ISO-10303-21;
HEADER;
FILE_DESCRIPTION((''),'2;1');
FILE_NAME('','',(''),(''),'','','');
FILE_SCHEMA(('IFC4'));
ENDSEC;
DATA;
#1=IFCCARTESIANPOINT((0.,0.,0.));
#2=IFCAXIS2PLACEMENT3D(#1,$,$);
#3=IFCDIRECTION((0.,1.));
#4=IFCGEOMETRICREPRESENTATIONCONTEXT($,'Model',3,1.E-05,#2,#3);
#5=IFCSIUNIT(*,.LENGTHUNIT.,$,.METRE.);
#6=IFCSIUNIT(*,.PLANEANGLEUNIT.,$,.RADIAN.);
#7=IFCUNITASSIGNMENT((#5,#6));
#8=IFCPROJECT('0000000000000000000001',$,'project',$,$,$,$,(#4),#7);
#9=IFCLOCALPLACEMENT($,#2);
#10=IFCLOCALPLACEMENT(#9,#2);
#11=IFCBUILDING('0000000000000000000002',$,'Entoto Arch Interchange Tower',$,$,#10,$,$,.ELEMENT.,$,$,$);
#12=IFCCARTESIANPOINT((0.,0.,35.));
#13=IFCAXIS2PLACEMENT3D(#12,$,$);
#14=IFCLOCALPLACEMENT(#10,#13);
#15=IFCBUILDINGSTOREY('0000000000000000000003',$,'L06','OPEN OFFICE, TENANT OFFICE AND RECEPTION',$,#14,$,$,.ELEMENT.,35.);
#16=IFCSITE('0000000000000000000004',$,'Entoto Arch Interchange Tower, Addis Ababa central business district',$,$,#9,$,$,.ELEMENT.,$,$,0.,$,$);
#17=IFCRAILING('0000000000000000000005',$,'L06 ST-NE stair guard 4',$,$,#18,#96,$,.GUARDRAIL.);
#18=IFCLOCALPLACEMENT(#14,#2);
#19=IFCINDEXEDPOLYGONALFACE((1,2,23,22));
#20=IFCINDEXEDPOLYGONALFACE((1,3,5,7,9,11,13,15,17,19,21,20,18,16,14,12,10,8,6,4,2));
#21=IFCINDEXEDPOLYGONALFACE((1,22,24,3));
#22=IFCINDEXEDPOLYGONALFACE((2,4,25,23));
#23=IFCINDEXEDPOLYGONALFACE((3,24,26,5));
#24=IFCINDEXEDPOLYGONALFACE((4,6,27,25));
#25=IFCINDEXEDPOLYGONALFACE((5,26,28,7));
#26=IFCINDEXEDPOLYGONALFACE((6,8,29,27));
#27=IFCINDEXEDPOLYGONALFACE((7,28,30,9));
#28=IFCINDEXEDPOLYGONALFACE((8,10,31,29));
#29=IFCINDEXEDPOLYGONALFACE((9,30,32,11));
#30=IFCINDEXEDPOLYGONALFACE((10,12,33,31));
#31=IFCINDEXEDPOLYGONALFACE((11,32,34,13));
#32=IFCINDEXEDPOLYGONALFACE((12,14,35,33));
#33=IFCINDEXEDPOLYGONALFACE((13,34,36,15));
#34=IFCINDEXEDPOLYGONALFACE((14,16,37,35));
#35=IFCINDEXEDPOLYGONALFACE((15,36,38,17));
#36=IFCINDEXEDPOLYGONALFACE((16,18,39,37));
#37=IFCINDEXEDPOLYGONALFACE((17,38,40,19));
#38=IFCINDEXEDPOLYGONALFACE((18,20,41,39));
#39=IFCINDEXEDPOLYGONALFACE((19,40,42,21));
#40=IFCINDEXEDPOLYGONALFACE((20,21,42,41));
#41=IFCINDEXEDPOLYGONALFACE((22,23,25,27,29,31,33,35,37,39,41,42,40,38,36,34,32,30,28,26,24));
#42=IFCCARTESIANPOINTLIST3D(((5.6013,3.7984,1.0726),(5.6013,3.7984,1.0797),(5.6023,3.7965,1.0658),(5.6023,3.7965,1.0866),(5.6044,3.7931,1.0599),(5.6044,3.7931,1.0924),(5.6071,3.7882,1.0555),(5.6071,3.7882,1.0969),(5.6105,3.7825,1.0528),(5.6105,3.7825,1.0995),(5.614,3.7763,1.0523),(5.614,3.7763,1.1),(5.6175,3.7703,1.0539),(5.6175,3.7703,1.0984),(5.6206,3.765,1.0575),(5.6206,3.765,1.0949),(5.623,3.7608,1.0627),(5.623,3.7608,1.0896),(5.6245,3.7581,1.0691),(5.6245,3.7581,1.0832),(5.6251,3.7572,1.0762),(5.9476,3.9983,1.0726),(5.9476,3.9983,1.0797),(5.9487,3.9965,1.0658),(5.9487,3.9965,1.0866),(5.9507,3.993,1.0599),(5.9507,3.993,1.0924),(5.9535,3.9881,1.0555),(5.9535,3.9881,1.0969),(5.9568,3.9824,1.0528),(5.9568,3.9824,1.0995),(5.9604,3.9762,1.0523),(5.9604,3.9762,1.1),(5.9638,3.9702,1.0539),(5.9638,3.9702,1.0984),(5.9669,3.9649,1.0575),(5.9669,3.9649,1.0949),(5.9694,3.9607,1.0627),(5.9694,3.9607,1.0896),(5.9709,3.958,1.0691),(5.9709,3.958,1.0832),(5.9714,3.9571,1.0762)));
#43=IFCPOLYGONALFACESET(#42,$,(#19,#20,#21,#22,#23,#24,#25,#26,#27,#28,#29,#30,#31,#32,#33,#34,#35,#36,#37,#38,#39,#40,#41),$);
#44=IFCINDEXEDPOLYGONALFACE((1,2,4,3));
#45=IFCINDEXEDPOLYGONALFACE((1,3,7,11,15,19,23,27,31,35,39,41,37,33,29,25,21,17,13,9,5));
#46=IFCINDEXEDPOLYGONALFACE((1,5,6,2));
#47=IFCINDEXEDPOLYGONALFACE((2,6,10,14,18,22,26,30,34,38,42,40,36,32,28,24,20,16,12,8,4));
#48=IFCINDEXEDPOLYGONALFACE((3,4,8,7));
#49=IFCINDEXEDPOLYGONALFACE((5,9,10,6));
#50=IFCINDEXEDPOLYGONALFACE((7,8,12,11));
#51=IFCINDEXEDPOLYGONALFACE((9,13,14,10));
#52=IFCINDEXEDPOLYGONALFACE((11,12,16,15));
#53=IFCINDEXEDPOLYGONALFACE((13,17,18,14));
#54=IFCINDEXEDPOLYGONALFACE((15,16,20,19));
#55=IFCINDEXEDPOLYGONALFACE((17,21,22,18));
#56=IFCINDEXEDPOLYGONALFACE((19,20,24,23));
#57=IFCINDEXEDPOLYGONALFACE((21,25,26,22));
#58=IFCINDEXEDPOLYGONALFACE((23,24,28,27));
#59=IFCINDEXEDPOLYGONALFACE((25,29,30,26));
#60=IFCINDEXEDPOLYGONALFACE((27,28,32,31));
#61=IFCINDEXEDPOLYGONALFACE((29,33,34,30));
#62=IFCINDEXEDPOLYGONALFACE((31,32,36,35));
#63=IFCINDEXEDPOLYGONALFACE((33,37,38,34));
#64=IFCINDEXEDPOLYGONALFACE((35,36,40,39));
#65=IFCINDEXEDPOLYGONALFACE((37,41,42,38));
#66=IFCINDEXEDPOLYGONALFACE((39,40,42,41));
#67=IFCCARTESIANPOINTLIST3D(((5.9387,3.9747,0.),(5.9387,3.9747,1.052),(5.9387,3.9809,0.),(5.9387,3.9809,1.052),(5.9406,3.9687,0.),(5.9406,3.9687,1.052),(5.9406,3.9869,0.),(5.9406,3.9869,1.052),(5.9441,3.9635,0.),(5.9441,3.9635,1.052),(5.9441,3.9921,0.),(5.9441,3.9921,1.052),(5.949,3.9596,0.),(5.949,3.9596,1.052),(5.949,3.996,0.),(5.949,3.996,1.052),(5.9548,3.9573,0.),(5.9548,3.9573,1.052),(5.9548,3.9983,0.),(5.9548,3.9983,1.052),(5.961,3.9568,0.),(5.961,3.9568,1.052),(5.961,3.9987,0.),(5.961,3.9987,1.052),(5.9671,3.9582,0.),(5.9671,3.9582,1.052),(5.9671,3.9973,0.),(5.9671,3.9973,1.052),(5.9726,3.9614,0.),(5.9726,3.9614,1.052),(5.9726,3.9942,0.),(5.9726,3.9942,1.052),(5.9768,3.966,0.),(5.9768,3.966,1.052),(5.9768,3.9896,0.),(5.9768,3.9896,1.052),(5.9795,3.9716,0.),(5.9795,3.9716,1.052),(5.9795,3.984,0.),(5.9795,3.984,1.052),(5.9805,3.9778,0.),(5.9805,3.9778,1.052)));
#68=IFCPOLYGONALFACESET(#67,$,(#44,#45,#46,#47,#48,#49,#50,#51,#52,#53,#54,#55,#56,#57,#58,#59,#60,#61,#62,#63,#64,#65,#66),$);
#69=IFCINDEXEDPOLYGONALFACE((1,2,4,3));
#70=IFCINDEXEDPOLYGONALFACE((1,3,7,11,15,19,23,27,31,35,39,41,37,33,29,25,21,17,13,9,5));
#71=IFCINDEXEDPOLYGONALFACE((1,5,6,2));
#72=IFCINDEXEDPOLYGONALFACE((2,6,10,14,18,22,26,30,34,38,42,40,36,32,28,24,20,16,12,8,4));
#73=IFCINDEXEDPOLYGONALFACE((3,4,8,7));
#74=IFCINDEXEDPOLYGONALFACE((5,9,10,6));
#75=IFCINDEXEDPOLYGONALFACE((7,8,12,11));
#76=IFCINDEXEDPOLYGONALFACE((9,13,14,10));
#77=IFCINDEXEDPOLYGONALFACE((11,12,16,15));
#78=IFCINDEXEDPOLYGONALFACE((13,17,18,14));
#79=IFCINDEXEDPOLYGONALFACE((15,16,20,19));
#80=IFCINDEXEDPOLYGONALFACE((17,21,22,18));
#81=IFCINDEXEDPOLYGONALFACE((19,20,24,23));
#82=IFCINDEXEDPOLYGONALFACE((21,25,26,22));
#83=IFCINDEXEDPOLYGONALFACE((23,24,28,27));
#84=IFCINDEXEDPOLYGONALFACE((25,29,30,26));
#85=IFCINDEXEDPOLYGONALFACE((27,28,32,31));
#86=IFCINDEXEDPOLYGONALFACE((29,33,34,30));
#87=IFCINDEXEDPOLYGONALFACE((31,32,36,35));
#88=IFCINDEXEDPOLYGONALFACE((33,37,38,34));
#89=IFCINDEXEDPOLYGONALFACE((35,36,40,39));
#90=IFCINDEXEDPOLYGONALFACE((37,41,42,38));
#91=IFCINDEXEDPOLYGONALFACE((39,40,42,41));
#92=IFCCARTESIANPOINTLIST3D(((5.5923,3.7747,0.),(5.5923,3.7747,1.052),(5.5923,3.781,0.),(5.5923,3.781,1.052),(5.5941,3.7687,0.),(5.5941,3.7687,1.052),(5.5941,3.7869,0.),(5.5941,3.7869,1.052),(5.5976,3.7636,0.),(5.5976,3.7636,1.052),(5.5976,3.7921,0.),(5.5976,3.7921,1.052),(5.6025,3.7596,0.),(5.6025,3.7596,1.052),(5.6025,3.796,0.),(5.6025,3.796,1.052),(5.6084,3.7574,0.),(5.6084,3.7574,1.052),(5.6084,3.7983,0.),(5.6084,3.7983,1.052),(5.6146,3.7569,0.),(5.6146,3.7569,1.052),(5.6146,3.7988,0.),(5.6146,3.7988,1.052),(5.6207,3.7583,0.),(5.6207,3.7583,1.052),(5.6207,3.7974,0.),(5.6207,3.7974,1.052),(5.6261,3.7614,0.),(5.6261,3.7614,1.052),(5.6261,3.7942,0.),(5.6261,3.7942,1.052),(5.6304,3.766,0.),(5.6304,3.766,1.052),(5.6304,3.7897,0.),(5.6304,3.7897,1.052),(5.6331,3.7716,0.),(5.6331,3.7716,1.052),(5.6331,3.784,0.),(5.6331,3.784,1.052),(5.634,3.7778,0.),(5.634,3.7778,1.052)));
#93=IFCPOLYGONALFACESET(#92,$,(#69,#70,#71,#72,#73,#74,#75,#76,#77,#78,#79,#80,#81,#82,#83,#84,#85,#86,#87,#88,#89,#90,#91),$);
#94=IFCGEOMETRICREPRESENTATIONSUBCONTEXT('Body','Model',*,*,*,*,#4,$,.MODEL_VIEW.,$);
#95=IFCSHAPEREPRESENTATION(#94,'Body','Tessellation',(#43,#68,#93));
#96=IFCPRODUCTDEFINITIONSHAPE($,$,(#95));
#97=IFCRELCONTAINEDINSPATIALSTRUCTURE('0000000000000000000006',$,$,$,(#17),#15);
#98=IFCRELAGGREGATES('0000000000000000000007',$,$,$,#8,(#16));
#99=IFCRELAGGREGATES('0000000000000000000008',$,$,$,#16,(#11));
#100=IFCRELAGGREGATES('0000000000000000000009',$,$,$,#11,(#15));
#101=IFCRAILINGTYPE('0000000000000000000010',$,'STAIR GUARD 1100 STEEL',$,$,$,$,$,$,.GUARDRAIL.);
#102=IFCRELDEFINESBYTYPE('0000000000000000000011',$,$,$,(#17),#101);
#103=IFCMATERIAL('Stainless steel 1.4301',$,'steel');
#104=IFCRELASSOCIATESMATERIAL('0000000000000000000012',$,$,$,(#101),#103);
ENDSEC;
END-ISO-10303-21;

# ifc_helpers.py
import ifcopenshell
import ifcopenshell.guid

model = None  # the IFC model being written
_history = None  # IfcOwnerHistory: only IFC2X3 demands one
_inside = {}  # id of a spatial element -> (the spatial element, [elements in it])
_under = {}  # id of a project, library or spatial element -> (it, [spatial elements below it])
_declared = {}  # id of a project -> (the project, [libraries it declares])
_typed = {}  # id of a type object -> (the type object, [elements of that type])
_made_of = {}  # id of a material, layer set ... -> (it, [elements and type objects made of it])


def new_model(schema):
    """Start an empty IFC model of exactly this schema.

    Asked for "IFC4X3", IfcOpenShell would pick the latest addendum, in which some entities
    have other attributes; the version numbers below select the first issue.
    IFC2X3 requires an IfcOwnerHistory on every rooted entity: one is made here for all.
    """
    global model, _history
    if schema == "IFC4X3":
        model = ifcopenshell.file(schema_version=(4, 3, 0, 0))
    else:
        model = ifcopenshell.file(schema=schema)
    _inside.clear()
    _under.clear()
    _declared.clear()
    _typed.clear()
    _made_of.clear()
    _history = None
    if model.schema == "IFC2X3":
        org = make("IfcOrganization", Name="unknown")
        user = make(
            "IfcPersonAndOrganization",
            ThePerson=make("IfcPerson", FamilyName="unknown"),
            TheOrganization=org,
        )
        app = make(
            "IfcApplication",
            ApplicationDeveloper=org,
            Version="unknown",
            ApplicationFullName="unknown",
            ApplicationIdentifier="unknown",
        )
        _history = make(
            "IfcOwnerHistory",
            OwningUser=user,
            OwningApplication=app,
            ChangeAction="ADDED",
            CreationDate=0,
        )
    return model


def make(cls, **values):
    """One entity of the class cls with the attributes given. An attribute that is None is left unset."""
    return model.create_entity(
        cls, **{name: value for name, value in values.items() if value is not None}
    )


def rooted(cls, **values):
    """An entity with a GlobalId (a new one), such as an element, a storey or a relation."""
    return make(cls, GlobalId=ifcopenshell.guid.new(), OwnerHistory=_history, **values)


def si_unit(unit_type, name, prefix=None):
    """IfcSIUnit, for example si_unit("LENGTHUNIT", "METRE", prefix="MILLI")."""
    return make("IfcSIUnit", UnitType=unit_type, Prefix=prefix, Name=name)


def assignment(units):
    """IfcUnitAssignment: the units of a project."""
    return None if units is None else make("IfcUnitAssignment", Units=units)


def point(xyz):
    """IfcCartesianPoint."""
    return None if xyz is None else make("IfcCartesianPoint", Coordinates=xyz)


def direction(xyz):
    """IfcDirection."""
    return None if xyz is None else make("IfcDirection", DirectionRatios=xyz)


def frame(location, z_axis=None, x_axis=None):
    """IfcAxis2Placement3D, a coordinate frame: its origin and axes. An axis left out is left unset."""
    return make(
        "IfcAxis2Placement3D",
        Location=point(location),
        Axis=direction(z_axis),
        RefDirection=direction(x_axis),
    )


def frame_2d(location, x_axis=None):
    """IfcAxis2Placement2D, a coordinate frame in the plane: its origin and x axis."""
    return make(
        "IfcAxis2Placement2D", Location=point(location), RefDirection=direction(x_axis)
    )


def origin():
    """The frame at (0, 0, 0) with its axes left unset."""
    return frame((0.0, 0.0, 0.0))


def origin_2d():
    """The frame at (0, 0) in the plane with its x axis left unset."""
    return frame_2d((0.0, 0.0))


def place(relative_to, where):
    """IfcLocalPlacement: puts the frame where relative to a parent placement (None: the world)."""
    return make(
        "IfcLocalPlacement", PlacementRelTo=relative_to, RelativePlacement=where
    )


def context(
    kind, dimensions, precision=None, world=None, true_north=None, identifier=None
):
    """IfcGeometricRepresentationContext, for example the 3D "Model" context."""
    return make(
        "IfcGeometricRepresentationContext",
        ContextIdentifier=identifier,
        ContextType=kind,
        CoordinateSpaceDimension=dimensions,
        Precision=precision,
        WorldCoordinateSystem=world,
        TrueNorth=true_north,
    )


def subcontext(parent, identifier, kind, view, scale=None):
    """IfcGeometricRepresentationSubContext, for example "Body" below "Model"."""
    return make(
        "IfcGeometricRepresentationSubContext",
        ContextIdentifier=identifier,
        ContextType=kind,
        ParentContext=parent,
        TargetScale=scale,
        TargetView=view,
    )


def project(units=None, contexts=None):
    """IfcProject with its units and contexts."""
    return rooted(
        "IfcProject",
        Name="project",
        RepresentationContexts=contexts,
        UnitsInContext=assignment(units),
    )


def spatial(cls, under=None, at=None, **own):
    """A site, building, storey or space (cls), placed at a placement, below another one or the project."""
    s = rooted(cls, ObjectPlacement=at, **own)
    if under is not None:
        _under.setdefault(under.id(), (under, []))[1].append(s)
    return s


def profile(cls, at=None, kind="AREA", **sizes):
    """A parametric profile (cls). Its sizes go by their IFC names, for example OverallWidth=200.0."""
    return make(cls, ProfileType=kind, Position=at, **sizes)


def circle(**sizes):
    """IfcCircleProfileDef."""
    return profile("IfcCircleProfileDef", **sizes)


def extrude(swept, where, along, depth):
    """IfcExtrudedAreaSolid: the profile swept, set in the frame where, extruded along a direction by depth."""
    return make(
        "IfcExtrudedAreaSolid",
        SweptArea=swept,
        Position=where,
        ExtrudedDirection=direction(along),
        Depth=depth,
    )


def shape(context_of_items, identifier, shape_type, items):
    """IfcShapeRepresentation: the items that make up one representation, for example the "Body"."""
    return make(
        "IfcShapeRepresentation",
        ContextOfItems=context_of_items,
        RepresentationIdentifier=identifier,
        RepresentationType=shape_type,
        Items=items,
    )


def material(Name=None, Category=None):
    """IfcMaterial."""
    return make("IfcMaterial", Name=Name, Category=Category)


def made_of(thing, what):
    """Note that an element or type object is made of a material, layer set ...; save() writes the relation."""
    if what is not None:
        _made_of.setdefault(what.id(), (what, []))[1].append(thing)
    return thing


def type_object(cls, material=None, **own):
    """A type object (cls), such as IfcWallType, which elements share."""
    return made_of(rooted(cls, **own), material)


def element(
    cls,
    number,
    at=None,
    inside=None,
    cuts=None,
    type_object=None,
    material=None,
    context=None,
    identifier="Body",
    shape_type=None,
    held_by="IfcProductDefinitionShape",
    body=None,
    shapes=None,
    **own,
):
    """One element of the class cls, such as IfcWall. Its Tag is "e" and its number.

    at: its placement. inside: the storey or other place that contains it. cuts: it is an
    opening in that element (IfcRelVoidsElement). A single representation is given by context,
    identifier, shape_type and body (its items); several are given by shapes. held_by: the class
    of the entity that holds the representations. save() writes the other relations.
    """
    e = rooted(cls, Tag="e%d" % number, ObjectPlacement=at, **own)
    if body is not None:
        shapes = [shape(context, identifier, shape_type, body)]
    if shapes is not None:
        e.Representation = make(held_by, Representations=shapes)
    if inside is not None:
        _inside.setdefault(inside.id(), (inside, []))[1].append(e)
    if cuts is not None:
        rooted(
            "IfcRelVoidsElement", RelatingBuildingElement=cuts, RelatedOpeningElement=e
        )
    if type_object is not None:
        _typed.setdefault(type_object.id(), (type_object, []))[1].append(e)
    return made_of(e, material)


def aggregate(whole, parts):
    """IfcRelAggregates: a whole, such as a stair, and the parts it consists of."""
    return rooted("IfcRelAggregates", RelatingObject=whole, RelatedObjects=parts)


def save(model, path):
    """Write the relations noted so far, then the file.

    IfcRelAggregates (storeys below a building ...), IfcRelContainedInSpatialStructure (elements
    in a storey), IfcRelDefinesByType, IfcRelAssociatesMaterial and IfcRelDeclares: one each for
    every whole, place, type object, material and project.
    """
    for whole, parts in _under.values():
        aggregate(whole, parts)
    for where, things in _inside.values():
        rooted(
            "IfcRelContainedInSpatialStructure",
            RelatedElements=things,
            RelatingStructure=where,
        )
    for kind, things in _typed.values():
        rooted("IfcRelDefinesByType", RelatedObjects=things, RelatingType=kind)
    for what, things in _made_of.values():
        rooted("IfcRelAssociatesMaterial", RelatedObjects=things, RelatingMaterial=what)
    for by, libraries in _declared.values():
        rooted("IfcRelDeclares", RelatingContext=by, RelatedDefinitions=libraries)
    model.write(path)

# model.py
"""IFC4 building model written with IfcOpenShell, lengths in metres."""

from ifc_helpers import new_model, si_unit, direction, frame, origin, origin_2d, place, context, subcontext, project, spatial, circle, extrude, material, type_object, element, save


model = new_model("IFC4")

# Units and contexts
model_context = context("Model", 3, precision=1e-05, world=origin(), true_north=direction((0.0, 1.0)))
body_context = subcontext(model_context, "Body", "Model", "MODEL_VIEW")
ifc_project = project(units=[si_unit("LENGTHUNIT", "METRE"), si_unit("PLANEANGLEUNIT", "RADIAN")], contexts=[model_context])

# Site, building, storey
site_placement = place(None, origin())
site = spatial("IfcSite", under=ifc_project, at=site_placement, Name="Entoto Arch Interchange Tower, Addis Ababa central business district", CompositionType="ELEMENT", RefElevation=0.0)
building_placement = place(site_placement, origin())
building = spatial("IfcBuilding", under=site, at=building_placement, Name="Entoto Arch Interchange Tower", CompositionType="ELEMENT")
storey_placement = place(building_placement, frame((0.0, 0.0, 35.0)))
storey = spatial("IfcBuildingStorey", under=building, at=storey_placement, Name="L06", Description="OPEN OFFICE, TENANT OFFICE AND RECEPTION", CompositionType="ELEMENT", Elevation=35.0)

# Railing
ifc_material_1 = material(Name="Stainless steel 1.4301", Category="steel")
railing_type_1 = type_object("IfcRailingType", Name="STAIR GUARD 1100 STEEL", PredefinedType="GUARDRAIL", material=ifc_material_1)
railing_1_placement = place(storey_placement, frame((5.9595, 3.9778, 0.0)))
element("IfcRailing", 1, at=railing_1_placement, inside=storey, type_object=railing_type_1, Name="L06 ST-NE stair guard 4", PredefinedType="GUARDRAIL", context=body_context, shape_type="SweptSolid", body=[
    extrude(circle(Radius=0.0239, at=origin_2d()), frame((0.0, 0.0, 1.0762), z_axis=(-0.866094, -0.499881, 0.0), x_axis=(0.499881, -0.866094, 0.0)), (0.0, 0.0, 1.0), 0.3999),
    extrude(circle(Radius=0.021, at=origin_2d()), origin(), (0.0, 0.0, 1.0), 1.052),
    extrude(circle(Radius=0.021, at=origin_2d()), frame((-0.3464, -0.2, 0.0)), (0.0, 0.0, 1.0), 1.052),
])

save(model, "model.ifc")
